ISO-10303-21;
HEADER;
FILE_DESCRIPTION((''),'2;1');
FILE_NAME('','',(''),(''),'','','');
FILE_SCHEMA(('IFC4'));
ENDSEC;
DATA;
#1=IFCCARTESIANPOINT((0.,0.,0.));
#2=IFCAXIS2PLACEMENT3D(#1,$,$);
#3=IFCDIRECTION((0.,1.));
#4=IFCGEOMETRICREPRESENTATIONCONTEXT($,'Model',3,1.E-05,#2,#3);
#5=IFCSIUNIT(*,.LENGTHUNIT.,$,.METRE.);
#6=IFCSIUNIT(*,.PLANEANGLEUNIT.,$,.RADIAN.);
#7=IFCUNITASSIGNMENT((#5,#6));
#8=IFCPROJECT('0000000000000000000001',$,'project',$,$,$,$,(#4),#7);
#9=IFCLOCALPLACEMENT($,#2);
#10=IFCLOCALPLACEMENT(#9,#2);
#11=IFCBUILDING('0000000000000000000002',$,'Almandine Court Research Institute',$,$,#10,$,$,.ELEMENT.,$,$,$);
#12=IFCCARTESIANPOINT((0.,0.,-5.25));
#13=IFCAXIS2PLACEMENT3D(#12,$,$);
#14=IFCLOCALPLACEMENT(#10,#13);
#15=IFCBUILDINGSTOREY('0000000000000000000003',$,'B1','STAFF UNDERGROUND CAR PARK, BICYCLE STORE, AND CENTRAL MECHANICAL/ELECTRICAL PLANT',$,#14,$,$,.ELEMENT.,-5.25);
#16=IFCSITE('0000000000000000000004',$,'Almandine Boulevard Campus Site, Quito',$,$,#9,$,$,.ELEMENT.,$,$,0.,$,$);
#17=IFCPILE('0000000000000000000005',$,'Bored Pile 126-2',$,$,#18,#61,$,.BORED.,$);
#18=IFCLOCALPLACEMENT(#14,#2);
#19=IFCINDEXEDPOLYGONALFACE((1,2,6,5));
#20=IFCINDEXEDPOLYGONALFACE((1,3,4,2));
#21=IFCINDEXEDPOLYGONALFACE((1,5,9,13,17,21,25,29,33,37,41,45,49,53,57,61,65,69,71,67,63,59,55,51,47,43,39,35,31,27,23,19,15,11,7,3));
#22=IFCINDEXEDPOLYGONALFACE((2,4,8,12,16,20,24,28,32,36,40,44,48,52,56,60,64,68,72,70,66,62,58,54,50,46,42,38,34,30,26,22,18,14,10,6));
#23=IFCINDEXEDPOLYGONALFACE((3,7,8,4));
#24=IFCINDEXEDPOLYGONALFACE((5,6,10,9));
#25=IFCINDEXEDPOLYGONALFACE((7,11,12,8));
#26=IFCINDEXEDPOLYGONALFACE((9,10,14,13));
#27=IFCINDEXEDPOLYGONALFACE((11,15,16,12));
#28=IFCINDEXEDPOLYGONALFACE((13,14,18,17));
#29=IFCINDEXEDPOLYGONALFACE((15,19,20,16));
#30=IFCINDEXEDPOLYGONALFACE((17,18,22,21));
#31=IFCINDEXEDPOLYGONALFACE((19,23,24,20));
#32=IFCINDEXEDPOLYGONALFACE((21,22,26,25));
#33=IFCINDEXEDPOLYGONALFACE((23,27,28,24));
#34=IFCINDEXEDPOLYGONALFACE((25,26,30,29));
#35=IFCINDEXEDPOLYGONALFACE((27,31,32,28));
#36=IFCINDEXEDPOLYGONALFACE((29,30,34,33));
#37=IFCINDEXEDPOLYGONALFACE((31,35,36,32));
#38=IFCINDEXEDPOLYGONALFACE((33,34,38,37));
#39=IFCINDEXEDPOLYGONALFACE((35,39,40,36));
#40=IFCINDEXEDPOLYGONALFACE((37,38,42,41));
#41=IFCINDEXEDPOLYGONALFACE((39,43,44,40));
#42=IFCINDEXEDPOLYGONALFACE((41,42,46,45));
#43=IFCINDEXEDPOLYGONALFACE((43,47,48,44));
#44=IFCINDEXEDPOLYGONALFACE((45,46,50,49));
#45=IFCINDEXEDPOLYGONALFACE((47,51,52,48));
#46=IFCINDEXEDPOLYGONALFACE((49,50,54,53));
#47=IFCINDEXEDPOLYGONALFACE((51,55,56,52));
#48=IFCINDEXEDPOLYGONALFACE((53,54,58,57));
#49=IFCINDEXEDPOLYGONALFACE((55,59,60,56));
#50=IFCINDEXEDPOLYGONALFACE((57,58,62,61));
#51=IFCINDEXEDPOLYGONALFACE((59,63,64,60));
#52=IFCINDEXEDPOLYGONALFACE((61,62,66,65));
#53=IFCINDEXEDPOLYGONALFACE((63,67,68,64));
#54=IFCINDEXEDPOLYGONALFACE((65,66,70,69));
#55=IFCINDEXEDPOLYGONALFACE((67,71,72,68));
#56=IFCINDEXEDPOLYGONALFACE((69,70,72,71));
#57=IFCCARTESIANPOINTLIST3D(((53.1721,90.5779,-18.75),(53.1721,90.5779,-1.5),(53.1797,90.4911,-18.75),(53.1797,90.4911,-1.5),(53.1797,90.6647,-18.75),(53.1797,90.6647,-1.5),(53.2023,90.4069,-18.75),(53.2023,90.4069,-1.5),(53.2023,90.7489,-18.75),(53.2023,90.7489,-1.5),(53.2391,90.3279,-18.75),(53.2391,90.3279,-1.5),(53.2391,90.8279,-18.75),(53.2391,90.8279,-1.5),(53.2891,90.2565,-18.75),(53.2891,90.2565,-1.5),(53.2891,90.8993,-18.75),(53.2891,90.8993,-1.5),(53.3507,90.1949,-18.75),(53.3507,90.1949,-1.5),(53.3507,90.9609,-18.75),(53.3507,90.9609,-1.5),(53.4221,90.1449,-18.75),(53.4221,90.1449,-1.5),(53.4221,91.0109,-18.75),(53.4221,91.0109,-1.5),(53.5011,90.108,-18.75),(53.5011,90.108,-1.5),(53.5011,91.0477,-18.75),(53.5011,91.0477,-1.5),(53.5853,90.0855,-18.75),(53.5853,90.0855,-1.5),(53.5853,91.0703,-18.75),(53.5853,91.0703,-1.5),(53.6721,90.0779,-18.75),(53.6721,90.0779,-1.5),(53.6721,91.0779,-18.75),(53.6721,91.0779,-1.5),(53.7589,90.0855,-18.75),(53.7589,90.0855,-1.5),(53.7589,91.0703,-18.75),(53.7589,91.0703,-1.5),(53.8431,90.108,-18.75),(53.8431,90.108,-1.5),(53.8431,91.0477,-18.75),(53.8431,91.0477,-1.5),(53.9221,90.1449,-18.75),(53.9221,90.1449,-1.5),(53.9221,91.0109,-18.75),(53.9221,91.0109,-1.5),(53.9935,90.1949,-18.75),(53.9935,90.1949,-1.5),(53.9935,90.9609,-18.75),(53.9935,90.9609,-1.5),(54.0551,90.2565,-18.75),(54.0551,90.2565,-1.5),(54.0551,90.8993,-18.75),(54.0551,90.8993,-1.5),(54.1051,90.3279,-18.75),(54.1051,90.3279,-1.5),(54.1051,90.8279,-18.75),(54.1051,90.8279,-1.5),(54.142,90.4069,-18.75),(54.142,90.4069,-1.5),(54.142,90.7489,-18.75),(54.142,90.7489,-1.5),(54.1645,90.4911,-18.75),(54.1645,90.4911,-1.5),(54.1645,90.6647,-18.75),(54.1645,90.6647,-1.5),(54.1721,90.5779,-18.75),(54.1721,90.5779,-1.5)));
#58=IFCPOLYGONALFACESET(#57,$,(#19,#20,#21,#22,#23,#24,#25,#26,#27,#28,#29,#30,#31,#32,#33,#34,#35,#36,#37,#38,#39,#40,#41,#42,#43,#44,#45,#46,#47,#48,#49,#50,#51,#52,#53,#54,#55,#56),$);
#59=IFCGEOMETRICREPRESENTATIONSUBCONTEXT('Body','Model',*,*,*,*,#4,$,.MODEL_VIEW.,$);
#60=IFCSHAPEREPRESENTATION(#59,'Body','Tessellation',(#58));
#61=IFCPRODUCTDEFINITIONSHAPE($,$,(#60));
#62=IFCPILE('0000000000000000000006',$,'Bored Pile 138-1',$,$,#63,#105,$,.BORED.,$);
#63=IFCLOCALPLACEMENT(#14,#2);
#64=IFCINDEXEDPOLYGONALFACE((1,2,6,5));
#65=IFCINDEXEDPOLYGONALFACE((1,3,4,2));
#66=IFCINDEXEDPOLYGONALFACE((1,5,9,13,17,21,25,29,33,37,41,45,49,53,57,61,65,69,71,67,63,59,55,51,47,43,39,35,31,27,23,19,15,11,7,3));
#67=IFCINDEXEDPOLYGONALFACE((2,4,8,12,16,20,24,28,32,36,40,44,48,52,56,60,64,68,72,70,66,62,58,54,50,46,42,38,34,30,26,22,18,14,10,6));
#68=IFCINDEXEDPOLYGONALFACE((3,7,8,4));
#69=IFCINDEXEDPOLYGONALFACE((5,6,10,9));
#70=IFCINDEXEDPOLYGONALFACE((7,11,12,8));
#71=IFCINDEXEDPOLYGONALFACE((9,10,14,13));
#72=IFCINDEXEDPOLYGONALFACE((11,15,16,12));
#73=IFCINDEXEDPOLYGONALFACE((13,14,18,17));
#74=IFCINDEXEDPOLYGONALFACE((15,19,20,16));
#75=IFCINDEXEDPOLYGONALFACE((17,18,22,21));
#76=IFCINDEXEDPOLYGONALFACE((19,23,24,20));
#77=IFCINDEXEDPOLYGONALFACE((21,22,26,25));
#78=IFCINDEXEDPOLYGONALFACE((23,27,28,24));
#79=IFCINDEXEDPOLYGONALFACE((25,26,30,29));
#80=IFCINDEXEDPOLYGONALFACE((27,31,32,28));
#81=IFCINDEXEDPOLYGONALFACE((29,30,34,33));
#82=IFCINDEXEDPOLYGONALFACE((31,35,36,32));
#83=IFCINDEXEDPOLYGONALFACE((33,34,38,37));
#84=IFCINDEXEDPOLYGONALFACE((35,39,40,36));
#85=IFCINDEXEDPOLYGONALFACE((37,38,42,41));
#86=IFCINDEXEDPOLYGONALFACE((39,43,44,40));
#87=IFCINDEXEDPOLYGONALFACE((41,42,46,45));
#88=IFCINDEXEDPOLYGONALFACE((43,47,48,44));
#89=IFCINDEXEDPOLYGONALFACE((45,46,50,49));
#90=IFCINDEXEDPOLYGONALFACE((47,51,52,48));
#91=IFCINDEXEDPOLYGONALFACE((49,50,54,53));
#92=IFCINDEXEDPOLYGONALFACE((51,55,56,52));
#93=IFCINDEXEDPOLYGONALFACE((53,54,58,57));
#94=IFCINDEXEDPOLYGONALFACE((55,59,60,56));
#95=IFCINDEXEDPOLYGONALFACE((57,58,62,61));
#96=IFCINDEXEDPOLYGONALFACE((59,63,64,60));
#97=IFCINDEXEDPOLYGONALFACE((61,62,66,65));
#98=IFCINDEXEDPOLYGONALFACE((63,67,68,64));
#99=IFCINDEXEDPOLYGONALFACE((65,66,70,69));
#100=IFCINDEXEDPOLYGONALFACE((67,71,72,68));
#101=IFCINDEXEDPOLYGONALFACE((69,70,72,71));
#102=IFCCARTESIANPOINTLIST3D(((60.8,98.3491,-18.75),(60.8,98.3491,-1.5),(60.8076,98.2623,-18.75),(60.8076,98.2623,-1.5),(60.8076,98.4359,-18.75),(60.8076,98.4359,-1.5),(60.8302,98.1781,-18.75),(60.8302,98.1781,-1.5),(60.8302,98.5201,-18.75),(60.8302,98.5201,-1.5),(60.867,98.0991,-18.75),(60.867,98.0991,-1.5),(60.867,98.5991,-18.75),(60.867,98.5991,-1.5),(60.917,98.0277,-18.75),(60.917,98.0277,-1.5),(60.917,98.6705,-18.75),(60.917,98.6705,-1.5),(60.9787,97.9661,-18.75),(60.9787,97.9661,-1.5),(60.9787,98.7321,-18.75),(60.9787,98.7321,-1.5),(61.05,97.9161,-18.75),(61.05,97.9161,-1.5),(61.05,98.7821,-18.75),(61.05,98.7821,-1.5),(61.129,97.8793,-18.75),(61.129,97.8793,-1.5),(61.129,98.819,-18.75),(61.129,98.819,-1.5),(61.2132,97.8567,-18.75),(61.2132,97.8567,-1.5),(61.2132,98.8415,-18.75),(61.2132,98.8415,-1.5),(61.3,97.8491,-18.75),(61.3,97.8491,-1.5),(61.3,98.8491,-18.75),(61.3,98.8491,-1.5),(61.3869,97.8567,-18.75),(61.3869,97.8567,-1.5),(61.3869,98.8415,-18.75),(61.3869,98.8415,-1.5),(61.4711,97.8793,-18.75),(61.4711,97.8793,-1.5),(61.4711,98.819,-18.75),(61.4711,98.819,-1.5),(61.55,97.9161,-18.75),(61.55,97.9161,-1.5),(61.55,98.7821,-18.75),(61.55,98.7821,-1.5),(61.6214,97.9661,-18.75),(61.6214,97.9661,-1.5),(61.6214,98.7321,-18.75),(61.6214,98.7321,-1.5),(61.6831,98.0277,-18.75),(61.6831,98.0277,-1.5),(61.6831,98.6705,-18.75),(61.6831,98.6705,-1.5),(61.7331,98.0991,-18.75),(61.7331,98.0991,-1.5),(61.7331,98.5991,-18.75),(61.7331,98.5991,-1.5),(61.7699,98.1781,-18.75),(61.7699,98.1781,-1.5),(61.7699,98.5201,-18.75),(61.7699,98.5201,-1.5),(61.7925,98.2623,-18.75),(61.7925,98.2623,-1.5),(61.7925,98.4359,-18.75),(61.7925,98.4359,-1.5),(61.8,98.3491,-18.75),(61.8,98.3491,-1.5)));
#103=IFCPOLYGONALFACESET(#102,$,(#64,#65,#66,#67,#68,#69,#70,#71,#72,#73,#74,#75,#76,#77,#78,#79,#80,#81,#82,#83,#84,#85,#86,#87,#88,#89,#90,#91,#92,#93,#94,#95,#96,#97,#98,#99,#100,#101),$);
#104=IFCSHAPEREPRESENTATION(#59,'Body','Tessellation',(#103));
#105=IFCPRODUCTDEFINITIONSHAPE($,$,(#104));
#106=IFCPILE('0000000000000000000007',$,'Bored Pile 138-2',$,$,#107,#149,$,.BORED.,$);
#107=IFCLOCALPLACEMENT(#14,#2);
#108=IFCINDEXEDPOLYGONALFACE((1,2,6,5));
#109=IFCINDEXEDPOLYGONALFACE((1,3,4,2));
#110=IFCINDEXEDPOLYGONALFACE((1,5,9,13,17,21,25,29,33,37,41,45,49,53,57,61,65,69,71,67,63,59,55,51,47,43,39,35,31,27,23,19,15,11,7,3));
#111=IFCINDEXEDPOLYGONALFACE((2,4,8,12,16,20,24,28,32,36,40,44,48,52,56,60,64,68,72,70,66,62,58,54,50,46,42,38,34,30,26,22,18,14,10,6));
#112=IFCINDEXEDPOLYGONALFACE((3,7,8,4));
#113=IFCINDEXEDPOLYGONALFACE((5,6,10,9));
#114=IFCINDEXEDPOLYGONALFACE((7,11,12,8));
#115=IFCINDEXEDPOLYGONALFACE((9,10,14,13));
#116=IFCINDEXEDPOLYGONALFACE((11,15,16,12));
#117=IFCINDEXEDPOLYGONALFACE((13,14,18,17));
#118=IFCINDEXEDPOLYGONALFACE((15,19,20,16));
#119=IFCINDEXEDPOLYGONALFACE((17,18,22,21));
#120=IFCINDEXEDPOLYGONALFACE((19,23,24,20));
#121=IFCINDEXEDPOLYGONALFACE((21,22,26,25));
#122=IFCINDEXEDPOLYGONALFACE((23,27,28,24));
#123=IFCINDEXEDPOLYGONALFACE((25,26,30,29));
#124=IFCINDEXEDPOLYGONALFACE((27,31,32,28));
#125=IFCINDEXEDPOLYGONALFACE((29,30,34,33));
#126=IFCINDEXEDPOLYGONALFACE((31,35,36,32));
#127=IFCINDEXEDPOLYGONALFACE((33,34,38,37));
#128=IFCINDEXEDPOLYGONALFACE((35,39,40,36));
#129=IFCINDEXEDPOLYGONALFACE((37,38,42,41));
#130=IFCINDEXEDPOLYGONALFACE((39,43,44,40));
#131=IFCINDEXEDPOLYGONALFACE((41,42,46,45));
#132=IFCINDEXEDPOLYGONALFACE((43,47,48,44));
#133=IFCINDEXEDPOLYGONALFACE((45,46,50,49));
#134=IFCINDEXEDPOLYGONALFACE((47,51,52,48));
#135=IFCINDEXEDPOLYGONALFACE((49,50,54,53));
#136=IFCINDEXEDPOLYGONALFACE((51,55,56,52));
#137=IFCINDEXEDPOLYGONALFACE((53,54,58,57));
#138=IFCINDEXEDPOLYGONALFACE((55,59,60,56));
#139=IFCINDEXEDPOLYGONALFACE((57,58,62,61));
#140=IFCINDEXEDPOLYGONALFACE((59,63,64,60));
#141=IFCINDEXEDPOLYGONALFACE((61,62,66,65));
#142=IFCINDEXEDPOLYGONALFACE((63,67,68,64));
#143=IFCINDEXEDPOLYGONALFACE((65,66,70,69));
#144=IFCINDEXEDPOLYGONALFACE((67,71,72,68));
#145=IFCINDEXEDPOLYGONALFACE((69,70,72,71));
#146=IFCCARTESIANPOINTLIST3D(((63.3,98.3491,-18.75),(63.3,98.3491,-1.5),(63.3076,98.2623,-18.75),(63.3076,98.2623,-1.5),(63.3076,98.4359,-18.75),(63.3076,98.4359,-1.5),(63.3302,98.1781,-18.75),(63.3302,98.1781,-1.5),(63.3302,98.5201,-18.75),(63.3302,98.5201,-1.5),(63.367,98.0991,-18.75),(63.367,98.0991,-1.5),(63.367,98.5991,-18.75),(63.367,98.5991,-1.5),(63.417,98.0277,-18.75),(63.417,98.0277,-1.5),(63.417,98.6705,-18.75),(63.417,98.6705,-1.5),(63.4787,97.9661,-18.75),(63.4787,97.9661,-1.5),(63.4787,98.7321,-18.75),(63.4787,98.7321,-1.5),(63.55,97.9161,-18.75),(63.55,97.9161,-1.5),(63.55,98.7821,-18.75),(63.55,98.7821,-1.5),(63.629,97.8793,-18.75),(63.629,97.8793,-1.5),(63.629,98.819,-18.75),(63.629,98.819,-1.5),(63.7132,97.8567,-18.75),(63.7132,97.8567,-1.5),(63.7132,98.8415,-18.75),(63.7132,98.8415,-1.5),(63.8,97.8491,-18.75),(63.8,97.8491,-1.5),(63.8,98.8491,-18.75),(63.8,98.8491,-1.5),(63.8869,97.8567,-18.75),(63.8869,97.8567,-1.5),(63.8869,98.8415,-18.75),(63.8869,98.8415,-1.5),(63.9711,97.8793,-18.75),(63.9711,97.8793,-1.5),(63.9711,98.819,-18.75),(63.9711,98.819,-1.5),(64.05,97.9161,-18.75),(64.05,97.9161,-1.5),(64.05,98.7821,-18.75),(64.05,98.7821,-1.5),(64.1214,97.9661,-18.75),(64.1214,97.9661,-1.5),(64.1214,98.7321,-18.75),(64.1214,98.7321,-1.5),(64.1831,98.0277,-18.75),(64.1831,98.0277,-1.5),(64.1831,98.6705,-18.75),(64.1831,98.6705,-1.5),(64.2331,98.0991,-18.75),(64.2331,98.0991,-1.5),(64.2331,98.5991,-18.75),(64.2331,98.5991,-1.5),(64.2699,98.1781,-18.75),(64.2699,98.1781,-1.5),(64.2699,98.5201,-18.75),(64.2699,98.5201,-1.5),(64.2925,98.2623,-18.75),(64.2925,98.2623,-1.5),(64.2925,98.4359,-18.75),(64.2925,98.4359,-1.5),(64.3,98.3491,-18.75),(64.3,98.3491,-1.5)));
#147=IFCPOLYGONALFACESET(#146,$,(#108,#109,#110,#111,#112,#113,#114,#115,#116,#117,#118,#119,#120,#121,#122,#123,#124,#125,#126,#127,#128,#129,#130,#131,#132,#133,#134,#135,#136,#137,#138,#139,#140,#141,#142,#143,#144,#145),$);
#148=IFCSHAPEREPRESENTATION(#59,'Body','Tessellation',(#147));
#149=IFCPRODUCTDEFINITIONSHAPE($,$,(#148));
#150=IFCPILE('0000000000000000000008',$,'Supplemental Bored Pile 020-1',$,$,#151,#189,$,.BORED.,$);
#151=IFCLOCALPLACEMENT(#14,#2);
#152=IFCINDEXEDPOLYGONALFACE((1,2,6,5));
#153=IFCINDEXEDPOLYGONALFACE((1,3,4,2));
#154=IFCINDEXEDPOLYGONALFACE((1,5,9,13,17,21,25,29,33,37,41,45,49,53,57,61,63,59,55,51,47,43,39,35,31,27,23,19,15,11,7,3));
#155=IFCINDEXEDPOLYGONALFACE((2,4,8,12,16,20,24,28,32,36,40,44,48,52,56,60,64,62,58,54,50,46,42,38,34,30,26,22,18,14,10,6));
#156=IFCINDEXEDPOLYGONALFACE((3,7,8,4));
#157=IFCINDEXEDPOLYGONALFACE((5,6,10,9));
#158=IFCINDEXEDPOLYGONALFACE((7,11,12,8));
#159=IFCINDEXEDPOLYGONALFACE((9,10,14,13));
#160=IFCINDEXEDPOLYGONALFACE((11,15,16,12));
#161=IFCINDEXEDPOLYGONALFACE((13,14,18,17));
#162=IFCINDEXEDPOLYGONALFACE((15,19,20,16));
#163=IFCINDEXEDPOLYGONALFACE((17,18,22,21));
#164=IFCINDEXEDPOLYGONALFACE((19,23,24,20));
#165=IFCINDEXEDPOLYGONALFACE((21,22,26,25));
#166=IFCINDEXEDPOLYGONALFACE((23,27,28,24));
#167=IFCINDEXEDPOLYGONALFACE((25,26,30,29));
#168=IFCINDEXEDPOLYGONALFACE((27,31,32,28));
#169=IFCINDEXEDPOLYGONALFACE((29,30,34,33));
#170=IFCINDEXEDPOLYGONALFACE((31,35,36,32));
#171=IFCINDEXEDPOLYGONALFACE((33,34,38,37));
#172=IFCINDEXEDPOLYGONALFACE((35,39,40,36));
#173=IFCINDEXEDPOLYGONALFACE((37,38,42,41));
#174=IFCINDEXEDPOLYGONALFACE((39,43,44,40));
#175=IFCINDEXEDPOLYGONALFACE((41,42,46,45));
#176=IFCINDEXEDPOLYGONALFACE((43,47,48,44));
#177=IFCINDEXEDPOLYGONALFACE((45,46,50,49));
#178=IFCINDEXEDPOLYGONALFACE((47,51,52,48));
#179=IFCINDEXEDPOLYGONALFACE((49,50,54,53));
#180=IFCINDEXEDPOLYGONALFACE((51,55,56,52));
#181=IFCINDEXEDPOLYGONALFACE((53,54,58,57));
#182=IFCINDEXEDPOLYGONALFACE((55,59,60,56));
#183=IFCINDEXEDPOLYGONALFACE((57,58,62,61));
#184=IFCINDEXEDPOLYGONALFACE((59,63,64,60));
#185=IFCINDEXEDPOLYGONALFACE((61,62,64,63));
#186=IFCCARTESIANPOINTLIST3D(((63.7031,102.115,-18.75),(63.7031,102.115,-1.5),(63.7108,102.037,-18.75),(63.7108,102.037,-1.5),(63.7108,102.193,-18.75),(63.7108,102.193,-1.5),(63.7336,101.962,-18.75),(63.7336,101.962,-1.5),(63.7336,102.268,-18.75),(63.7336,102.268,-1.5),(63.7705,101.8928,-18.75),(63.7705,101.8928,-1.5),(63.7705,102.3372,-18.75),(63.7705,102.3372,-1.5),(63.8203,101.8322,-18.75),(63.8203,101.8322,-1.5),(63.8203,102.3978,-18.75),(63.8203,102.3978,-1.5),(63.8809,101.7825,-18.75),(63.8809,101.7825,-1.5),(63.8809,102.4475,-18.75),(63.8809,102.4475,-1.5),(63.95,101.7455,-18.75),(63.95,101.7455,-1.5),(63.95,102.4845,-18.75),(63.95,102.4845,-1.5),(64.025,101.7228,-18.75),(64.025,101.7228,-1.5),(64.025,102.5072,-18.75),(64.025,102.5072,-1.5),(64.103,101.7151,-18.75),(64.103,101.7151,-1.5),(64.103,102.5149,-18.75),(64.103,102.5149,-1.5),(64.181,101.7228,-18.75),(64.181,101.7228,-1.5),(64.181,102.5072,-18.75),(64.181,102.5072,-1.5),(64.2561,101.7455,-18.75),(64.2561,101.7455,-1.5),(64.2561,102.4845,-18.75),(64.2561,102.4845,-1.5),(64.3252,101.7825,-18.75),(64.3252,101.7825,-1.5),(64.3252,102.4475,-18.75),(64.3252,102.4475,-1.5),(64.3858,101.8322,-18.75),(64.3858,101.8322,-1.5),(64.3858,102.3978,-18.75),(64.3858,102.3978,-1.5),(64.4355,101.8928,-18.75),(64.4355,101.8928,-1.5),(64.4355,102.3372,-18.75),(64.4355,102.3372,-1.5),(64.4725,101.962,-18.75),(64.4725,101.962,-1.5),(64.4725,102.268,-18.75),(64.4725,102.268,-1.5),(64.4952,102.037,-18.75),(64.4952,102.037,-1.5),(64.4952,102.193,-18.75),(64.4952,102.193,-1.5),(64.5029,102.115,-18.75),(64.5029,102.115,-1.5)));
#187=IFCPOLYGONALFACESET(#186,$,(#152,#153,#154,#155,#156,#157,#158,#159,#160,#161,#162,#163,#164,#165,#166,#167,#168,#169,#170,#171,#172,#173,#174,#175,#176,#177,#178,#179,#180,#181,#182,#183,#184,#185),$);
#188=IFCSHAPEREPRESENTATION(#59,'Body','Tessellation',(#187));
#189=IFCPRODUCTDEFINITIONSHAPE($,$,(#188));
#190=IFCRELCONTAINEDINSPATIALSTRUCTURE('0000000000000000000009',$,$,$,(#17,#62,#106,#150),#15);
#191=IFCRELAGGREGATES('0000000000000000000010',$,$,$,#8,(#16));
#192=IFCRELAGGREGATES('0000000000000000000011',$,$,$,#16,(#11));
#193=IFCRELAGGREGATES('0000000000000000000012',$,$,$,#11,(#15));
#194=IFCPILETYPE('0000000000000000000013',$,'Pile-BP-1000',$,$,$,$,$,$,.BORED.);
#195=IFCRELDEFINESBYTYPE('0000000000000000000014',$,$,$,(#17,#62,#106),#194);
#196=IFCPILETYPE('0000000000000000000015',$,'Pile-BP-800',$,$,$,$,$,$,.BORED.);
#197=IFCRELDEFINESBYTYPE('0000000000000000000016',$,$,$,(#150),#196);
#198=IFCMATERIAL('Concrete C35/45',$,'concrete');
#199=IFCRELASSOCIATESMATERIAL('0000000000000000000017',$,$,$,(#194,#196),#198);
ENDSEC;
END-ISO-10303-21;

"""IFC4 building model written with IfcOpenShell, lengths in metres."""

from ifc_helpers import new_model, si_unit, direction, frame, origin, origin_2d, place, context, subcontext, project, spatial, circle, extrude, material, material_profile, profile_set, type_object, element, save


model = new_model("IFC4")

# Units and contexts
model_context = context("Model", 3, precision=1e-05, world=origin(), true_north=direction((0.0, 1.0)))
body_context = subcontext(model_context, "Body", "Model", "MODEL_VIEW")
ifc_project = project(units=[si_unit("LENGTHUNIT", "METRE"), si_unit("PLANEANGLEUNIT", "RADIAN")], contexts=[model_context])

# Site, building, storey
site_placement = place(None, origin())
site = spatial("IfcSite", under=ifc_project, at=site_placement, Name="Almandine Boulevard Campus Site, Quito", CompositionType="ELEMENT", RefElevation=0.0)
building_placement = place(site_placement, origin())
building = spatial("IfcBuilding", under=site, at=building_placement, Name="Almandine Court Research Institute", CompositionType="ELEMENT")
storey_placement = place(building_placement, frame((0.0, 0.0, -5.25)))
storey = spatial("IfcBuildingStorey", under=building, at=storey_placement, Name="B1", Description="STAFF UNDERGROUND CAR PARK, BICYCLE STORE, AND CENTRAL MECHANICAL/ELECTRICAL PLANT", CompositionType="ELEMENT", Elevation=-5.25)

# Shared definitions
ifc_material_1 = material(Name="Concrete C35/45", Category="concrete")

# Piles
ifc_material_profile_1 = material_profile(ifc_material_1, circle(Radius=0.5, at=origin_2d()), Name="BORED PILE D1000")
ifc_profile_set_1 = profile_set([ifc_material_profile_1], Name="Concrete C35/45")
pile_type_1 = type_object("IfcPileType", Name="Pile-BP-1000", PredefinedType="BORED", material=ifc_profile_set_1)
for number, where, z_axis, x_axis, name in (
    (1, (53.6721, 90.5779, -1.5), (0.0, 0.0, -1.0), (1.0, 0.0, 0.0), "Bored Pile 126-2"),
    (2, (61.3, 98.3491, -1.5), (0.0, 0.0, -1.0), (1.0, 0.0, 0.0), "Bored Pile 138-1"),
    (3, (63.8, 98.3491, -1.5), (0.0, 0.0, -1.0), (1.0, 0.0, 0.0), "Bored Pile 138-2"),
):
    element("IfcPile", number, at=place(storey_placement, frame(where, z_axis=z_axis, x_axis=x_axis)), inside=storey, type_object=pile_type_1, Name=name, PredefinedType="BORED", context=body_context, shape_type="SweptSolid", body=[
        extrude(circle(Radius=0.5, at=origin_2d()), origin(), (0.0, 0.0, 1.0), 17.25),
    ])
ifc_material_profile_2 = material_profile(ifc_material_1, circle(Radius=0.3999, at=origin_2d()), Name="BORED PILE D800")
ifc_profile_set_2 = profile_set([ifc_material_profile_2], Name="Concrete C35/45")
pile_type_2 = type_object("IfcPileType", Name="Pile-BP-800", PredefinedType="BORED", material=ifc_profile_set_2)
for number, where, z_axis, x_axis, name in (
    (4, (64.103, 102.115, -1.5), (0.0, 0.0, -1.0), (1.0, 0.0, 0.0), "Supplemental Bored Pile 020-1"),
):
    element("IfcPile", number, at=place(storey_placement, frame(where, z_axis=z_axis, x_axis=x_axis)), inside=storey, type_object=pile_type_2, Name=name, PredefinedType="BORED", context=body_context, shape_type="SweptSolid", body=[
        extrude(circle(Radius=0.3999, at=origin_2d()), origin(), (0.0, 0.0, 1.0), 17.25),
    ])

save(model, "model.ifc")
